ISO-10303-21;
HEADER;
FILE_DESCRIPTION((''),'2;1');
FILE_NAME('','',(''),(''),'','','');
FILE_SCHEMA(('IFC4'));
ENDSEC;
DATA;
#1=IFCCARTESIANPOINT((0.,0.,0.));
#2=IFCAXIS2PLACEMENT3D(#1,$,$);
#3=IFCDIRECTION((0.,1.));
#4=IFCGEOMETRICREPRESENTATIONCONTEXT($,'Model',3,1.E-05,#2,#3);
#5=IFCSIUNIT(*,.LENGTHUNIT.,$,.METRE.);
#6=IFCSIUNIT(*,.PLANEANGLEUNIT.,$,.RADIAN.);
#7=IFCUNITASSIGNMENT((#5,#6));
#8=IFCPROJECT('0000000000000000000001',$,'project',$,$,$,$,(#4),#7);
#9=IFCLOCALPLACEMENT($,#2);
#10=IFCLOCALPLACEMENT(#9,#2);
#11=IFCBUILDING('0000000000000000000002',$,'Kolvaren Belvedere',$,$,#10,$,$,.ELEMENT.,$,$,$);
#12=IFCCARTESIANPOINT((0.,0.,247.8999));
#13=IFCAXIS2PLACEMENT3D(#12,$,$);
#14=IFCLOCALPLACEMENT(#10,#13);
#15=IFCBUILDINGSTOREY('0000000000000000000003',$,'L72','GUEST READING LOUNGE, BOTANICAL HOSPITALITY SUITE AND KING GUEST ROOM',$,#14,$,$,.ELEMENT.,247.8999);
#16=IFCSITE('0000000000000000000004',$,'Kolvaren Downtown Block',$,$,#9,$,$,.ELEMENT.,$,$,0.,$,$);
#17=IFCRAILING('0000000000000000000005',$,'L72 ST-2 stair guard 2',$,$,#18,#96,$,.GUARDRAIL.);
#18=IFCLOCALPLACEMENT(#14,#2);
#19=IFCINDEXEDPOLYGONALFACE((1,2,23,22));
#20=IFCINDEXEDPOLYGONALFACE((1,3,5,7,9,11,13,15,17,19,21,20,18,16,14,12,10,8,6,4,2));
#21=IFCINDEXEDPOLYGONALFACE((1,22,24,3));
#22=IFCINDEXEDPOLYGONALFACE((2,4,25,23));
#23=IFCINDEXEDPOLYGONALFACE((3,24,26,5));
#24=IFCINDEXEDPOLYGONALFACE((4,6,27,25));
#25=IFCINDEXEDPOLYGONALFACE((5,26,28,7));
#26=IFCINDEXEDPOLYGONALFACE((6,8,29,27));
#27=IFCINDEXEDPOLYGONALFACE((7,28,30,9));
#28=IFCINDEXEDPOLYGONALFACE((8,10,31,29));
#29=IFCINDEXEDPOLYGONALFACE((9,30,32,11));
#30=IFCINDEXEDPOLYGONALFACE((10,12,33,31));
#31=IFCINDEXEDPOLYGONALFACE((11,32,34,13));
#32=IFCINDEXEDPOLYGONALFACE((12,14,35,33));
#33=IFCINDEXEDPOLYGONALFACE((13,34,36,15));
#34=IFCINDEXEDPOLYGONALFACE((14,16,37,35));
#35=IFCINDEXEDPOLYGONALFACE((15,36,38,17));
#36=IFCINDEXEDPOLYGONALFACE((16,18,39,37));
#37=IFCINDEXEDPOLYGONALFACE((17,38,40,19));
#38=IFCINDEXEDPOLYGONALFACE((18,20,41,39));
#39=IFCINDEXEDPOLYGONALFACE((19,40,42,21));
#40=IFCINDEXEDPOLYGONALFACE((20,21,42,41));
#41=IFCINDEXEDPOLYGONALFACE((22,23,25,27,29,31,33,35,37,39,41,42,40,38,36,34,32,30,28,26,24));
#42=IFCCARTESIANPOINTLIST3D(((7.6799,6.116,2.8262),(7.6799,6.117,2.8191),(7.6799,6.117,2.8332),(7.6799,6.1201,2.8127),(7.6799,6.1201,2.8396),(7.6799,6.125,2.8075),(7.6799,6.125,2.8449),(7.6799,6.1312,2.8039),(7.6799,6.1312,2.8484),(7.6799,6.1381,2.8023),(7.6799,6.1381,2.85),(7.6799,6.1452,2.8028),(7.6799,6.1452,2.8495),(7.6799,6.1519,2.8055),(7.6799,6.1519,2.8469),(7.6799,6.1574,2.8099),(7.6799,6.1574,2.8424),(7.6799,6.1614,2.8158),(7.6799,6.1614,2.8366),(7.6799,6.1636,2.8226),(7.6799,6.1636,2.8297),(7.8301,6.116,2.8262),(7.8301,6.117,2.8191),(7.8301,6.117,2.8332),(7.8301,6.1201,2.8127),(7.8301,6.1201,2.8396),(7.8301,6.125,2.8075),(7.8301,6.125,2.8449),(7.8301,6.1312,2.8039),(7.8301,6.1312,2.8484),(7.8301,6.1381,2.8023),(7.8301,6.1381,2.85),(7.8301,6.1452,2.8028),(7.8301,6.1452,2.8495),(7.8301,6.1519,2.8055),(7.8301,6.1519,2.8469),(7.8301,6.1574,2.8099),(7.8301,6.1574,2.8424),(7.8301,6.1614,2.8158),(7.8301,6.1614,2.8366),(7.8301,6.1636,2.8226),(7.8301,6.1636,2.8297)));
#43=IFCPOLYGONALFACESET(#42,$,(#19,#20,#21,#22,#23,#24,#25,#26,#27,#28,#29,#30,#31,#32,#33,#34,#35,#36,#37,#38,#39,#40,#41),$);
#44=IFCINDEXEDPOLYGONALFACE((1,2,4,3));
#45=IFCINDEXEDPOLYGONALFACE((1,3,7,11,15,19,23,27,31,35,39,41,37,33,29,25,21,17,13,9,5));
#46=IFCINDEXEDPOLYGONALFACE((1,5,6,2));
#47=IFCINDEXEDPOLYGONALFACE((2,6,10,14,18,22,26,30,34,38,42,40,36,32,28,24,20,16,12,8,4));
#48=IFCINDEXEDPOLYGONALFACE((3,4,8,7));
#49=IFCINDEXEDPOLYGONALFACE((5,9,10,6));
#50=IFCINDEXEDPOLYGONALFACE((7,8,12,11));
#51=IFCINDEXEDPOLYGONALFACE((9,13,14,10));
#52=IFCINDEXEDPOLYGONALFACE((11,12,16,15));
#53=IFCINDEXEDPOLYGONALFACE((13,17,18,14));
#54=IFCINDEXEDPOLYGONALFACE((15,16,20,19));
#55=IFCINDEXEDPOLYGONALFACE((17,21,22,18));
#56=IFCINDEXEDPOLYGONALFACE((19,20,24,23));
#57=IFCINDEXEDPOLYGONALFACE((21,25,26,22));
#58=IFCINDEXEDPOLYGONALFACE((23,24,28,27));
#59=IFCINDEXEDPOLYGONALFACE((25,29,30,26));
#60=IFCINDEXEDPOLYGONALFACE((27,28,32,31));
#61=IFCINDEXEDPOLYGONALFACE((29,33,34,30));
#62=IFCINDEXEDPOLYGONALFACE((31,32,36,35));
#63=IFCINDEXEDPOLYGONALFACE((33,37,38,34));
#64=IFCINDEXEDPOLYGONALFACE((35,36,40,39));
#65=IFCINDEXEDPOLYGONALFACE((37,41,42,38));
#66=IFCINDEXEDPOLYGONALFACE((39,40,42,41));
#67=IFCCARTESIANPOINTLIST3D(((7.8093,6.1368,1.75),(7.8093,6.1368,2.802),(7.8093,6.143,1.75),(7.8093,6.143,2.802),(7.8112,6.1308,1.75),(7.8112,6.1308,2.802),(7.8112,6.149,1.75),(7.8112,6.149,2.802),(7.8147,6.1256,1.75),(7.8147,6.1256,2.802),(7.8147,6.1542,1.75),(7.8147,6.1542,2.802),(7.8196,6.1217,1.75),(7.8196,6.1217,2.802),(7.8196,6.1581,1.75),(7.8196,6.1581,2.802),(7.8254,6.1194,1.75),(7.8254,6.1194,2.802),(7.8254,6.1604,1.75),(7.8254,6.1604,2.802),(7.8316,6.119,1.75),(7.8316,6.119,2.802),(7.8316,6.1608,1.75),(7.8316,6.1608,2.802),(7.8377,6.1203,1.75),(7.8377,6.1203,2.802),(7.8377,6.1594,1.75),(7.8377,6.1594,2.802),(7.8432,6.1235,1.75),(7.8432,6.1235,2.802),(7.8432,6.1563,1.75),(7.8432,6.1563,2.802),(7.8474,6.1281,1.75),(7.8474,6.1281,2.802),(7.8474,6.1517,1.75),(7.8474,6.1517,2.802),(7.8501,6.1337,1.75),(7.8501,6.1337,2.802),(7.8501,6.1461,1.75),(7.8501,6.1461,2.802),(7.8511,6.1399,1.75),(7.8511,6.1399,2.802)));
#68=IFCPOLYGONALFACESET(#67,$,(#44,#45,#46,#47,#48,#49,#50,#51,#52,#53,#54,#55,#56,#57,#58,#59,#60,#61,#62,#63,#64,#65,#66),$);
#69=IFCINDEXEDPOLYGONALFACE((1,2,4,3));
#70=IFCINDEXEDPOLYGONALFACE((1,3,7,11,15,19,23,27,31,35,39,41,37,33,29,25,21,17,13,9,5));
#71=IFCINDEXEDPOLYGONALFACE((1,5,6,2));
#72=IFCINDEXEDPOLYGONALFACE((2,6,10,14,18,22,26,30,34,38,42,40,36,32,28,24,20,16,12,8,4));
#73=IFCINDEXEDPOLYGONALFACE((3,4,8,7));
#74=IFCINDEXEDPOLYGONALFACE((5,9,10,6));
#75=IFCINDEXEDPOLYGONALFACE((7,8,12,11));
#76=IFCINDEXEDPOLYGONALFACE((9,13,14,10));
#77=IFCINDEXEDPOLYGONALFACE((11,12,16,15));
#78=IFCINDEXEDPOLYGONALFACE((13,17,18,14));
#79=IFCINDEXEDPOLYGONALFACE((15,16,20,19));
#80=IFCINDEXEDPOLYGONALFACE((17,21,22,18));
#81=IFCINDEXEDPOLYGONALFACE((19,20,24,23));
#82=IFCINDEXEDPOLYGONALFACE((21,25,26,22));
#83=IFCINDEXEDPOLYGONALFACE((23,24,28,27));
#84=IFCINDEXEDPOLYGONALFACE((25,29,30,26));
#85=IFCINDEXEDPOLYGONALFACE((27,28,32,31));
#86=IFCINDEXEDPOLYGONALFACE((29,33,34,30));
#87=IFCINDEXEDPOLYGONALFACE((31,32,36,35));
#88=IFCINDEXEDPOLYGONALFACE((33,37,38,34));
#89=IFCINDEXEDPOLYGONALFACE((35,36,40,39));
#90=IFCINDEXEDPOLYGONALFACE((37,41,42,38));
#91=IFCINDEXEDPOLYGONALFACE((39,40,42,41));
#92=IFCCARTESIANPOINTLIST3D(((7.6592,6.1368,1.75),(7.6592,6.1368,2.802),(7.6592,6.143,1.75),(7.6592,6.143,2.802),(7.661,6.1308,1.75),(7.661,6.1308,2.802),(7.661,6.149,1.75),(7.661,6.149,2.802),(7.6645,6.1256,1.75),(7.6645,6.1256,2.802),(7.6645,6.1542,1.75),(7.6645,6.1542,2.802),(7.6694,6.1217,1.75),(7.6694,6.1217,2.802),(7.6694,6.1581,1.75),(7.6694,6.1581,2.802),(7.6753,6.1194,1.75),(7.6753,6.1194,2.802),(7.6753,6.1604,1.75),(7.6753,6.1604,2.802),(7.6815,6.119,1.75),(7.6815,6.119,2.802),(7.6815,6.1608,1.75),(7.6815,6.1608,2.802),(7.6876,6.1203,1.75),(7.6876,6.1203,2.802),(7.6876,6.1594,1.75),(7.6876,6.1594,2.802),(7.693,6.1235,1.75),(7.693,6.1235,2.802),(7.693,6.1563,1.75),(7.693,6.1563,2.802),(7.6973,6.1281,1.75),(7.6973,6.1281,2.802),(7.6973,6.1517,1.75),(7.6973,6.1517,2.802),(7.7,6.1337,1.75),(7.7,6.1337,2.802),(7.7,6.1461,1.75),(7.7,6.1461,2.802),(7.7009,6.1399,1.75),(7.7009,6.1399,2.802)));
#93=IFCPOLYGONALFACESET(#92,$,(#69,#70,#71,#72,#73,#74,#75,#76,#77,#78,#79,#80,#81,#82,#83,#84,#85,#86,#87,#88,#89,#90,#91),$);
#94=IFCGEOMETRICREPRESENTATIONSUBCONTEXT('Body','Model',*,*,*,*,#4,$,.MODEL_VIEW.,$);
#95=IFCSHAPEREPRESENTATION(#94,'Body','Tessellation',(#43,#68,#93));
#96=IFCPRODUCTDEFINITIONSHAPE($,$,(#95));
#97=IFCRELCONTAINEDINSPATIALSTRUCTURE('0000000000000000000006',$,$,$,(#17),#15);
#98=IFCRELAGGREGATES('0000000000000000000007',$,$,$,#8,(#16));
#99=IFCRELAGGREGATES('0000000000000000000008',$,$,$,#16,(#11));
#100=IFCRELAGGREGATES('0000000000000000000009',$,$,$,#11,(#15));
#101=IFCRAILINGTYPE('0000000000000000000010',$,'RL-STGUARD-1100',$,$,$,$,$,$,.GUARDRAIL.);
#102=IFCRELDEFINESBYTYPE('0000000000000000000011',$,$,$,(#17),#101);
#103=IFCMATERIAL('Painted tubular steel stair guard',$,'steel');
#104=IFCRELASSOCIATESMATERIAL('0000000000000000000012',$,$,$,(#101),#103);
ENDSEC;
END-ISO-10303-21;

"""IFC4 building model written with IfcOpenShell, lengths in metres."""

from ifc_helpers import new_model, si_unit, direction, frame, origin, origin_2d, place, context, subcontext, project, spatial, circle, extrude, material, type_object, element, save


model = new_model("IFC4")

# Units and contexts
model_context = context("Model", 3, precision=1e-05, world=origin(), true_north=direction((0.0, 1.0)))
body_context = subcontext(model_context, "Body", "Model", "MODEL_VIEW")
ifc_project = project(units=[si_unit("LENGTHUNIT", "METRE"), si_unit("PLANEANGLEUNIT", "RADIAN")], contexts=[model_context])

# Site, building, storey
site_placement = place(None, origin())
site = spatial("IfcSite", under=ifc_project, at=site_placement, Name="Kolvaren Downtown Block", CompositionType="ELEMENT", RefElevation=0.0)
building_placement = place(site_placement, origin())
building = spatial("IfcBuilding", under=site, at=building_placement, Name="Kolvaren Belvedere", CompositionType="ELEMENT")
storey_placement = place(building_placement, frame((0.0, 0.0, 247.8999)))
storey = spatial("IfcBuildingStorey", under=building, at=storey_placement, Name="L72", Description="GUEST READING LOUNGE, BOTANICAL HOSPITALITY SUITE AND KING GUEST ROOM", CompositionType="ELEMENT", Elevation=247.8999)

# Railing
ifc_material_1 = material(Name="Painted tubular steel stair guard", Category="steel")
railing_type_1 = type_object("IfcRailingType", Name="RL-STGUARD-1100", PredefinedType="GUARDRAIL", material=ifc_material_1)
railing_1_placement = place(storey_placement, frame((7.8301, 6.1399, 1.75)))
element("IfcRailing", 1, at=railing_1_placement, inside=storey, type_object=railing_type_1, Name="L72 ST-2 stair guard 2", PredefinedType="GUARDRAIL", context=body_context, shape_type="SweptSolid", body=[
    extrude(circle(Radius=0.0239, at=origin_2d()), frame((0.0, 0.0, 1.0762), z_axis=(-1.0, 0.0, 0.0), x_axis=(0.0, -1.0, 0.0)), (0.0, 0.0, 1.0), 0.1501),
    extrude(circle(Radius=0.021, at=origin_2d()), origin(), (0.0, 0.0, 1.0), 1.052),
    extrude(circle(Radius=0.021, at=origin_2d()), frame((-0.1501, 0.0, 0.0)), (0.0, 0.0, 1.0), 1.052),
])

save(model, "model.ifc")
